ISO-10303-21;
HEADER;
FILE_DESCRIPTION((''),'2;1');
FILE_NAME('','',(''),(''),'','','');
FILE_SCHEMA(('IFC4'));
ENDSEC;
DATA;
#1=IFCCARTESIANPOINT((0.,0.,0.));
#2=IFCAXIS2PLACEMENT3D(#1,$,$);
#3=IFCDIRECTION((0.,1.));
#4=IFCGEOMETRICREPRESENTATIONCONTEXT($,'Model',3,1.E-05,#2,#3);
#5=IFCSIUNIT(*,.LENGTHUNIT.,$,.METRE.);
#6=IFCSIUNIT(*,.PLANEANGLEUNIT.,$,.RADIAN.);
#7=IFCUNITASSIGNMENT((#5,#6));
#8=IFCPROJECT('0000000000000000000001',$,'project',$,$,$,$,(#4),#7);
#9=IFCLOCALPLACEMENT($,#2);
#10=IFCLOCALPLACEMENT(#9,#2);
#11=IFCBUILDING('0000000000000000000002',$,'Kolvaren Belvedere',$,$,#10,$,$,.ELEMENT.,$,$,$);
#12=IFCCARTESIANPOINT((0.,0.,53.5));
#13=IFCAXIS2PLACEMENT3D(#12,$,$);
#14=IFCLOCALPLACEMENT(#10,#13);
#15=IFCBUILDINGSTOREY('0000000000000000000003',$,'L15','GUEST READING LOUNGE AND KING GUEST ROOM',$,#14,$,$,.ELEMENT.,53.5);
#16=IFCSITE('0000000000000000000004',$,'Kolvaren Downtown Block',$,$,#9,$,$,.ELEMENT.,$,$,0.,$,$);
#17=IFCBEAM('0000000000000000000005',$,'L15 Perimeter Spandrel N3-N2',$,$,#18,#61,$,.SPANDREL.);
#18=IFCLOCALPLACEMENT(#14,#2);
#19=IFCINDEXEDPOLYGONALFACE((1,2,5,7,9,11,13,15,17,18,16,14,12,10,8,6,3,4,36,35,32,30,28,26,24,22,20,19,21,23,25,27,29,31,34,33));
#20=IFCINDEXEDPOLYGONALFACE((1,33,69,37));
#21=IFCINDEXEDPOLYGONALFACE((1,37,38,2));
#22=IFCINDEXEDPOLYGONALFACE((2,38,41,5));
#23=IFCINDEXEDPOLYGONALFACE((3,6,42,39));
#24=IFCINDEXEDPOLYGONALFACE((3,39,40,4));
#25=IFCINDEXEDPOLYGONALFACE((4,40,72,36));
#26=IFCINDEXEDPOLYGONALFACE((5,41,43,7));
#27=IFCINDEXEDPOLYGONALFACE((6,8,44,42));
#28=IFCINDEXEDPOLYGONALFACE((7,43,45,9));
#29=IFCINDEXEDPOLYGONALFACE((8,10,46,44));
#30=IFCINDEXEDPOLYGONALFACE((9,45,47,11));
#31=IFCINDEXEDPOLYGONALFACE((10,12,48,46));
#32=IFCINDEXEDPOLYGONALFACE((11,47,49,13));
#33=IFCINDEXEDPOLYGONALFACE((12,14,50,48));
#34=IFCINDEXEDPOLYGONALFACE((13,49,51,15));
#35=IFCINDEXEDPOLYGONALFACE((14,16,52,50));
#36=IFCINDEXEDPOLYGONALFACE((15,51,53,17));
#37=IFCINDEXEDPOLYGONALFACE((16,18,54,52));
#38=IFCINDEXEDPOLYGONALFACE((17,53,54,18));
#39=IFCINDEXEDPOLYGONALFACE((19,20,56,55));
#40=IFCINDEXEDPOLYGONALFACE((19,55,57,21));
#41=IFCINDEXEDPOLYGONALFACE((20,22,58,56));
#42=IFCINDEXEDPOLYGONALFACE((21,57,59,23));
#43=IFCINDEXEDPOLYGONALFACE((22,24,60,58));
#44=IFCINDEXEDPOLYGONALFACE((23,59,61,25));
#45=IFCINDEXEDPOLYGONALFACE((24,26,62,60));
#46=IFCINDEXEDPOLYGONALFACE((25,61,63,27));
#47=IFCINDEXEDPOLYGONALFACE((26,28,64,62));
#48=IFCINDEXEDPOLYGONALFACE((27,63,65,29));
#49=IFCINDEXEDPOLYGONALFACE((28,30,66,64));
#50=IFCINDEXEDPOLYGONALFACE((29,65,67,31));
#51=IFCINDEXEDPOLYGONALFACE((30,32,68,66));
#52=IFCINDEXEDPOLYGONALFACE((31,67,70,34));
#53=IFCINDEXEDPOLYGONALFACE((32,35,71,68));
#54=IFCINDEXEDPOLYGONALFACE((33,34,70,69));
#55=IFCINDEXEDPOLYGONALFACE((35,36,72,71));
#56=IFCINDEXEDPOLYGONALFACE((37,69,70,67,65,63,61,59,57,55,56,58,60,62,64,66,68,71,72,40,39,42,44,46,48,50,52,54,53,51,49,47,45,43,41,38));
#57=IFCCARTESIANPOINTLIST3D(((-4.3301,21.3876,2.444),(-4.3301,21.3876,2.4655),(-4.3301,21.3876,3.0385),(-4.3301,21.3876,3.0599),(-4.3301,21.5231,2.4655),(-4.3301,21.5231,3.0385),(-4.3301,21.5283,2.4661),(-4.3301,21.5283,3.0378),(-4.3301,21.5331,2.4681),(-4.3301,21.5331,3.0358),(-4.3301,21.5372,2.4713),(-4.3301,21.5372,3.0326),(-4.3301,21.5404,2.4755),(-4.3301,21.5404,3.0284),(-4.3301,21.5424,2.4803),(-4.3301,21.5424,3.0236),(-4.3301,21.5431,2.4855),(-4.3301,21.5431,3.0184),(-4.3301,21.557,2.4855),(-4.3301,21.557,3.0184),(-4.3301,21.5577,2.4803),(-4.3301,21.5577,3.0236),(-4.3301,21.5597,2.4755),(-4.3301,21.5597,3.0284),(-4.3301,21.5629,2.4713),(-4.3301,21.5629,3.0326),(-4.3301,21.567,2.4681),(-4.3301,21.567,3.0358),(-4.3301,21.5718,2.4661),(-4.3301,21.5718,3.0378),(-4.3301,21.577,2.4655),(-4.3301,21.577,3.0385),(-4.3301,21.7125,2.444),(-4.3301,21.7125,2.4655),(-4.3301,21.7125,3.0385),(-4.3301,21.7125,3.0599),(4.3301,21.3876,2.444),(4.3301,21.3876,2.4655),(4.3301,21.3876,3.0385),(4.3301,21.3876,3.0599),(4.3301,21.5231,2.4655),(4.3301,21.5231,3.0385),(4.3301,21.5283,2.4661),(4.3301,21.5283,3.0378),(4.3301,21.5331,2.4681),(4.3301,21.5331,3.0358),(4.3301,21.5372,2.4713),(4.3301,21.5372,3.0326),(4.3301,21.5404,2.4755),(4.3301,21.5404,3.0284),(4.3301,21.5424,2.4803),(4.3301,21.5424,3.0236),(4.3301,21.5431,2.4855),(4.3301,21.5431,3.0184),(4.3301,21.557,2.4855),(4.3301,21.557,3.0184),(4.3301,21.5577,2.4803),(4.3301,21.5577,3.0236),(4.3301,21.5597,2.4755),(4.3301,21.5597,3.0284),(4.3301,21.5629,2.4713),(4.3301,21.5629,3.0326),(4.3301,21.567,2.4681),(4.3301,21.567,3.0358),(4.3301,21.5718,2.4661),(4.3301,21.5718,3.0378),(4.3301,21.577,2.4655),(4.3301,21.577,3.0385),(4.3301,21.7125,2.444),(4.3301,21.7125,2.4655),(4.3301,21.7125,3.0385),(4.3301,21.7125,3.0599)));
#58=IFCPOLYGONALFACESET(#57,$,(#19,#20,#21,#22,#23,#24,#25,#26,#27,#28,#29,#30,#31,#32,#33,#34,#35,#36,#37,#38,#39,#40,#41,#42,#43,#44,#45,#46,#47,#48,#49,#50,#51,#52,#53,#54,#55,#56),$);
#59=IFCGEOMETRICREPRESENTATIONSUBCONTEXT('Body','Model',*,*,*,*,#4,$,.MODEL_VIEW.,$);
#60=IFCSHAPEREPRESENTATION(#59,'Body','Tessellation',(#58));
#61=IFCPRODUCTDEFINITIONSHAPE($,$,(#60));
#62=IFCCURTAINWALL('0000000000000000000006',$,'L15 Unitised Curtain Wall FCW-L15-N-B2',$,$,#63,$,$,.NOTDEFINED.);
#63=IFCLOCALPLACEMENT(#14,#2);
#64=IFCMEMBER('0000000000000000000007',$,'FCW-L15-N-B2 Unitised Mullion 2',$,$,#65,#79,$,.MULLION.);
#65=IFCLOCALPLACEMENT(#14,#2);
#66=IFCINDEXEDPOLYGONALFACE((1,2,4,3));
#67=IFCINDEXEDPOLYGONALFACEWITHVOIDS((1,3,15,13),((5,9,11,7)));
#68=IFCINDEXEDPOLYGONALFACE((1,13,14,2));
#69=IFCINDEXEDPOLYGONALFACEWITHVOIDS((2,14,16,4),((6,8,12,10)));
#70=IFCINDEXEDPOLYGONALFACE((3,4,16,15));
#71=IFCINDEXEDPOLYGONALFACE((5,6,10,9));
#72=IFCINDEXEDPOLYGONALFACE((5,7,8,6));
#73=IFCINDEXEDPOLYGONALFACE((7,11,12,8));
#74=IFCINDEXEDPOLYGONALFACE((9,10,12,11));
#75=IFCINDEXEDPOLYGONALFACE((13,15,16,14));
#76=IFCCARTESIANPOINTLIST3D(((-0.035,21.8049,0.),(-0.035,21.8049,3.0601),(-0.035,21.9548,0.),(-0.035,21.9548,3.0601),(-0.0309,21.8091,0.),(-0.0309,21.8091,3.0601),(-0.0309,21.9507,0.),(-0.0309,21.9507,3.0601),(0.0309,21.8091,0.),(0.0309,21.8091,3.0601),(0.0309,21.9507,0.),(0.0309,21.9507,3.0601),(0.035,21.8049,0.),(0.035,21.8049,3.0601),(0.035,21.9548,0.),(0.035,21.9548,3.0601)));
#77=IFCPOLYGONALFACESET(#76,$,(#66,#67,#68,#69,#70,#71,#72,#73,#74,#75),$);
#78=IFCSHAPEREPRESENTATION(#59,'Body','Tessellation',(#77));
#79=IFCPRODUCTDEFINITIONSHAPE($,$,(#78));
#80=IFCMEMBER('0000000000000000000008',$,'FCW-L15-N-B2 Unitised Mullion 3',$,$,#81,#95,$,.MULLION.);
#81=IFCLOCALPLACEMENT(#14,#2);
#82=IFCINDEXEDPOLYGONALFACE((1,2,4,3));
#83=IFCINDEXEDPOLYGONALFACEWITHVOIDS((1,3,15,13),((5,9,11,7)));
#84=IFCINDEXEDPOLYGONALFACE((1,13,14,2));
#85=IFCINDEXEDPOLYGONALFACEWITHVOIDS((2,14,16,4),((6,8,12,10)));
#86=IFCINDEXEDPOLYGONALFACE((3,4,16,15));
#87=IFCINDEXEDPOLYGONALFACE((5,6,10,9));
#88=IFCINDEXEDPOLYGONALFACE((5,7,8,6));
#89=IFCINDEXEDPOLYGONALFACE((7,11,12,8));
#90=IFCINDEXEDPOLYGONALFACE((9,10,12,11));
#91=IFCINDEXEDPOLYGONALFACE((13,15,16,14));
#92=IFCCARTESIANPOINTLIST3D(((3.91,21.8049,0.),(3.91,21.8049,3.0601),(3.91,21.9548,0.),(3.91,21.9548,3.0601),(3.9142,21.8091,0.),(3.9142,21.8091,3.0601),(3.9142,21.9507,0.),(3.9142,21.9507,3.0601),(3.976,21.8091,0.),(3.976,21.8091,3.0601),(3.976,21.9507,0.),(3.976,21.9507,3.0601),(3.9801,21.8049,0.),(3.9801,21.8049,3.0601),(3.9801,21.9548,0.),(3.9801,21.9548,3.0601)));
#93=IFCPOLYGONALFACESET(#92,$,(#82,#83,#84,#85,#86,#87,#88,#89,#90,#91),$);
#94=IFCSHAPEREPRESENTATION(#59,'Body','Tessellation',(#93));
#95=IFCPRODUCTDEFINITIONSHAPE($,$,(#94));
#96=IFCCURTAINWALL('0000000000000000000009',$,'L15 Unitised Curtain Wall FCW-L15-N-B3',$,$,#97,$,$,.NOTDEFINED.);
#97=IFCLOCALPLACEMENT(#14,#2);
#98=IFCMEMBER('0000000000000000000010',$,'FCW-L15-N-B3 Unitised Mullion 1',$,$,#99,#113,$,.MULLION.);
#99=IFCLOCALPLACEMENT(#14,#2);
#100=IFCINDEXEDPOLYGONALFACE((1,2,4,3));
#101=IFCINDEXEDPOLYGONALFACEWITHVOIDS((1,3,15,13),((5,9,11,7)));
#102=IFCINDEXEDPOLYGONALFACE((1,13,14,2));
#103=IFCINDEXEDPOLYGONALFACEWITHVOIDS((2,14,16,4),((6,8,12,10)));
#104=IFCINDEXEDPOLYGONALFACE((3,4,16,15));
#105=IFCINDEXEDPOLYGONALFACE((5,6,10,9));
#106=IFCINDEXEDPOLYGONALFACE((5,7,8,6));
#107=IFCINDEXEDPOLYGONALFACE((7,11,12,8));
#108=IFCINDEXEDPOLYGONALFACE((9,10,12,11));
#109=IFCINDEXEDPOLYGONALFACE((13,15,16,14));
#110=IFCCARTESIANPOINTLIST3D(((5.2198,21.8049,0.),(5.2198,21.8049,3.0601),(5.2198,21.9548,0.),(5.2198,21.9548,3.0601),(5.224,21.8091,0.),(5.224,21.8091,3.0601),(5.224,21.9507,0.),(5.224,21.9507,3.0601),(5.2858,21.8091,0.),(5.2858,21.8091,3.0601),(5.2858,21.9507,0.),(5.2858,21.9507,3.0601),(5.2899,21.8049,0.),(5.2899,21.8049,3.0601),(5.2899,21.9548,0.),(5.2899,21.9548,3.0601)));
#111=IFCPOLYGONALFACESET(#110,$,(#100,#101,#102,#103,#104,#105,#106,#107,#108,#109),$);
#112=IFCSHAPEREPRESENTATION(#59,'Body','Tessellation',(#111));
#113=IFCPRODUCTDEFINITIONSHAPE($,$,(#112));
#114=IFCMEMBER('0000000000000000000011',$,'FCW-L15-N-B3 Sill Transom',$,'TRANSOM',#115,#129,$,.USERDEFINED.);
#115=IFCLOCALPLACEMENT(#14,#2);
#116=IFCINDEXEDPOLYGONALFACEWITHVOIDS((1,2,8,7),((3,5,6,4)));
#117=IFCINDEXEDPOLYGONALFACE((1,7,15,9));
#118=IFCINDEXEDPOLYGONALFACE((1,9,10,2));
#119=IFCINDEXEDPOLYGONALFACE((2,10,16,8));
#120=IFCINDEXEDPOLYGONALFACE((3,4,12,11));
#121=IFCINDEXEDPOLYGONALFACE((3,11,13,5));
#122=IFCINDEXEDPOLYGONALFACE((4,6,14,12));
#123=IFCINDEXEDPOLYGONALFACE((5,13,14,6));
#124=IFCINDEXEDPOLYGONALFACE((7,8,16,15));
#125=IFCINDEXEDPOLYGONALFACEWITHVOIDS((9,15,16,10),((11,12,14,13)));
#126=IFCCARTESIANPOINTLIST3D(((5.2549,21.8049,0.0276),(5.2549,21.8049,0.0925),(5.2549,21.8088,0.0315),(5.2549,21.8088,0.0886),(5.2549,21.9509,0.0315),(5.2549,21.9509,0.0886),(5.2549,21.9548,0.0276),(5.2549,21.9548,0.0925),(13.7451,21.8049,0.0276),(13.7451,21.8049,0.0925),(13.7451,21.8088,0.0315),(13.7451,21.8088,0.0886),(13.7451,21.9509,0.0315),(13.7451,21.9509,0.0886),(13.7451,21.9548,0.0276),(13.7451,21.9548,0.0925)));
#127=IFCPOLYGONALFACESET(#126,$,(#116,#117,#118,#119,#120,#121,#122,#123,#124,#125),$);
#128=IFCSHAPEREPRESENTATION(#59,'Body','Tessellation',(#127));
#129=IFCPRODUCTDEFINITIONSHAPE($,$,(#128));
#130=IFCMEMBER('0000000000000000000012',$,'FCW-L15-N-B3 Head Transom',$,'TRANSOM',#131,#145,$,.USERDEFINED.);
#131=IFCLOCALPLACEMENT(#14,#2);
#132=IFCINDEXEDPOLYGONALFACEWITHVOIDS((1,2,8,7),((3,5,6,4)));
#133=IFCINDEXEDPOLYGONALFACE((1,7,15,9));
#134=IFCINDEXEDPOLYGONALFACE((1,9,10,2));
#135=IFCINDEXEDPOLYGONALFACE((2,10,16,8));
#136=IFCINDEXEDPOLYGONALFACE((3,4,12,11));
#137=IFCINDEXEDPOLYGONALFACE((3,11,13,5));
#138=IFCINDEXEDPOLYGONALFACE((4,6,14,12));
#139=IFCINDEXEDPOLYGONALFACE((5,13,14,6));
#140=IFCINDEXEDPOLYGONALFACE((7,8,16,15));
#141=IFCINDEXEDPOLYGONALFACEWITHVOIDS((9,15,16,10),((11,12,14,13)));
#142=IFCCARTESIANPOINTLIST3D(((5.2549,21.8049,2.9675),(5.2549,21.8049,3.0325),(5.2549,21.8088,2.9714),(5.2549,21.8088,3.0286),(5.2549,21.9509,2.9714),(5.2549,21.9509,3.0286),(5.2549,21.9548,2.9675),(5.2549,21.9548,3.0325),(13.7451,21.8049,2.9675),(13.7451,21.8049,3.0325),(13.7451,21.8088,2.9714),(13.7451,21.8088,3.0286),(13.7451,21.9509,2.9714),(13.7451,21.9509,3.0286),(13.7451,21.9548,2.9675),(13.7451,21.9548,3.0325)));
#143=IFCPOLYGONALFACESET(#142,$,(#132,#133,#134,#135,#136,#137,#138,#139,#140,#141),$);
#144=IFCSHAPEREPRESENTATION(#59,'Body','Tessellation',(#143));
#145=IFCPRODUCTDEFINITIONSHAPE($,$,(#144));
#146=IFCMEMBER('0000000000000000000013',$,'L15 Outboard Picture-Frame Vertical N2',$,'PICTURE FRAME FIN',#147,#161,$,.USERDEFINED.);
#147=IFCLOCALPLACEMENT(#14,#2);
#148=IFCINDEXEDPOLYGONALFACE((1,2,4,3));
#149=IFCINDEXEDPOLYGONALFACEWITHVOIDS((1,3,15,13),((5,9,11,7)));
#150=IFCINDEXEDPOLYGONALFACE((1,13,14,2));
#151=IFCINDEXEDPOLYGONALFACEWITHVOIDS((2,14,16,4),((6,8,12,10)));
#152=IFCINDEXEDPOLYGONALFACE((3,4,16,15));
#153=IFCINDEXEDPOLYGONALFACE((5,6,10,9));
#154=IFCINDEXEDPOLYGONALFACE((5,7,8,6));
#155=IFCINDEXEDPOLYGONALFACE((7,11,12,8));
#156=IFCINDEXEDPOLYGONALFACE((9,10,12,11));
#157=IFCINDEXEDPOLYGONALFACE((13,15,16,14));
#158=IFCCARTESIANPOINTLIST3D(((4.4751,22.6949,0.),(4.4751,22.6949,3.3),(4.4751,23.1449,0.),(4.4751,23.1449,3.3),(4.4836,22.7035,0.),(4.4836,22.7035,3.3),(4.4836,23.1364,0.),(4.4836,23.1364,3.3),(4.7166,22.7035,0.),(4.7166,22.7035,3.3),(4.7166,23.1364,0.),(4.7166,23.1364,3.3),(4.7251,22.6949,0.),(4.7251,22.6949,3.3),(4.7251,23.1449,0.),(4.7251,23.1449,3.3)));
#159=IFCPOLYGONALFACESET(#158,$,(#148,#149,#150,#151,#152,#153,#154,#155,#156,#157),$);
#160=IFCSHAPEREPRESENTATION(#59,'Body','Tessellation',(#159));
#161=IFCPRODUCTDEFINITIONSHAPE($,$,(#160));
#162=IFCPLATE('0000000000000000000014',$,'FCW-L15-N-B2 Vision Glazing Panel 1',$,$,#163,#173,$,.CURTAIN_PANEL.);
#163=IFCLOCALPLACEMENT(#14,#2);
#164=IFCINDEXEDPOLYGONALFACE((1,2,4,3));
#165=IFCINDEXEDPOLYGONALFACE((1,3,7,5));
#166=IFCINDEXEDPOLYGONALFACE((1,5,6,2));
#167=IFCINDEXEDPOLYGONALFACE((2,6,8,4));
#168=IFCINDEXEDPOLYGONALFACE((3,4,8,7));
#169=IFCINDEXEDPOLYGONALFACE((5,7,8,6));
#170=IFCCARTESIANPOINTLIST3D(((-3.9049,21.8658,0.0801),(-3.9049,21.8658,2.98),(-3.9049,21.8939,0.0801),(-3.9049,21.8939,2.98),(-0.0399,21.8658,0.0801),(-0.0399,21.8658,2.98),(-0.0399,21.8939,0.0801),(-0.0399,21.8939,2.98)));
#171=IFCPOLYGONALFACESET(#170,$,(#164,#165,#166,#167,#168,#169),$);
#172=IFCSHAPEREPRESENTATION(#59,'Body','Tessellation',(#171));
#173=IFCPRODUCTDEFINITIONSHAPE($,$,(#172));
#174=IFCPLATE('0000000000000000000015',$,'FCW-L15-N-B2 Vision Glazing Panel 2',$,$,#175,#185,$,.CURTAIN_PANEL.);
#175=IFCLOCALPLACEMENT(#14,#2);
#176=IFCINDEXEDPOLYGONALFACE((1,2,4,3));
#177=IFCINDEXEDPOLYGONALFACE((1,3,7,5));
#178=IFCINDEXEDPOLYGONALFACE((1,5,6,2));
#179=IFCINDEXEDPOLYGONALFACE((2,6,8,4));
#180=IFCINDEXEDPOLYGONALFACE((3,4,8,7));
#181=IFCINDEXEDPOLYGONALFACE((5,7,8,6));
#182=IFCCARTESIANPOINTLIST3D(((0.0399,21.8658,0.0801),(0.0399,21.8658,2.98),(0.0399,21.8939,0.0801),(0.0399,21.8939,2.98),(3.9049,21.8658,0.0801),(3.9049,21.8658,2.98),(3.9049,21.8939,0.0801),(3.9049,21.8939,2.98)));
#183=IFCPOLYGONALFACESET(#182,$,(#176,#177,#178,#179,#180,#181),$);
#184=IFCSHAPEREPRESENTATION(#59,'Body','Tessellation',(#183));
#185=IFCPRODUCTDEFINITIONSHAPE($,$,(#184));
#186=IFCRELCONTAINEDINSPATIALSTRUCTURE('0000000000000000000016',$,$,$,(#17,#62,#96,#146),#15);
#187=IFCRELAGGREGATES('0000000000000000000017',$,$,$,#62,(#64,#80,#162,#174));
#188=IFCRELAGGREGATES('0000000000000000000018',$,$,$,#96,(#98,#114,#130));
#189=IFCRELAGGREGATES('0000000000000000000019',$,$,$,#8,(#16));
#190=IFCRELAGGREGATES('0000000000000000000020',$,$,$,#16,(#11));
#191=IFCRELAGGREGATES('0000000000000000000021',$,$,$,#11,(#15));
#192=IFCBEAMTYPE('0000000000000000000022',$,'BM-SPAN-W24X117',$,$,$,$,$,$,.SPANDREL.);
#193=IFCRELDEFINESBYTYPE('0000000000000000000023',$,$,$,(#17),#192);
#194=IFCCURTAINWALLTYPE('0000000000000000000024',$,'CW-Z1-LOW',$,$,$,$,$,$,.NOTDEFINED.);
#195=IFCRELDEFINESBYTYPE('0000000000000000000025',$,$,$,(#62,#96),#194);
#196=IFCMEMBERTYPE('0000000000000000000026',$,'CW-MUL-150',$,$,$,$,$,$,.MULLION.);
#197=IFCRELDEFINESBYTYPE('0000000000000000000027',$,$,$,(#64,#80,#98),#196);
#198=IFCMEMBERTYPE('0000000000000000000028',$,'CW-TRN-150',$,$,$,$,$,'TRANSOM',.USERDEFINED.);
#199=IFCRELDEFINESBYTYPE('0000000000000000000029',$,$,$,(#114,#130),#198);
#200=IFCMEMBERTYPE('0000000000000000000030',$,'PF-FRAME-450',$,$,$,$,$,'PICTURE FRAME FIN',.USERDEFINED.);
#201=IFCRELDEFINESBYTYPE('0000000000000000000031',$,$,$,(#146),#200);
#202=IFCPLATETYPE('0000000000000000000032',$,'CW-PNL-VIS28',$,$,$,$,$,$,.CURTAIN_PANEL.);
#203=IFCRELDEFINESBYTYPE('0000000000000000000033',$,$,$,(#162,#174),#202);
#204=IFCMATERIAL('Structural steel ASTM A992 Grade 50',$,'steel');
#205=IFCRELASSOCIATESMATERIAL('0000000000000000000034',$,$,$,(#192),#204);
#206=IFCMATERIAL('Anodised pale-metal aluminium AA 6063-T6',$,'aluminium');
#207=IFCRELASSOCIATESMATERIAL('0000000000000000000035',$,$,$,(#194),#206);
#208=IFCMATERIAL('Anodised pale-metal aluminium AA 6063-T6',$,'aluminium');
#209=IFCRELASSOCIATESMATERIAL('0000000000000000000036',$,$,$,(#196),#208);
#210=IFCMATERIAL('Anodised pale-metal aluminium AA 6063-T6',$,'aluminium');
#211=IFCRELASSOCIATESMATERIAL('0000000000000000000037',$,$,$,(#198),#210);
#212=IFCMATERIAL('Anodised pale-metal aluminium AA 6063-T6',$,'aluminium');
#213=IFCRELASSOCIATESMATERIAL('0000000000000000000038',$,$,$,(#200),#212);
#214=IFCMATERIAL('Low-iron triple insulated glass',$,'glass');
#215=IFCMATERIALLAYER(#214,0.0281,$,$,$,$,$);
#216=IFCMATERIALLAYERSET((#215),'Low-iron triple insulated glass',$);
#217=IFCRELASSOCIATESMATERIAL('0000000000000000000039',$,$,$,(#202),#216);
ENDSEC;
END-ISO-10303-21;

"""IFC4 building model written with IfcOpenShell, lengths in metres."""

from ifc_helpers import new_model, si_unit, direction, frame, origin, origin_2d, place, context, subcontext, project, spatial, rectangle, hollow_rectangle, i_section, extrude, material, layer, layer_set, material_profile, profile_set, type_object, element, aggregate, save


model = new_model("IFC4")

# Units and contexts
model_context = context("Model", 3, precision=1e-05, world=origin(), true_north=direction((0.0, 1.0)))
body_context = subcontext(model_context, "Body", "Model", "MODEL_VIEW")
ifc_project = project(units=[si_unit("LENGTHUNIT", "METRE"), si_unit("PLANEANGLEUNIT", "RADIAN")], contexts=[model_context])

# Site, building, storey
site_placement = place(None, origin())
site = spatial("IfcSite", under=ifc_project, at=site_placement, Name="Kolvaren Downtown Block", CompositionType="ELEMENT", RefElevation=0.0)
building_placement = place(site_placement, origin())
building = spatial("IfcBuilding", under=site, at=building_placement, Name="Kolvaren Belvedere", CompositionType="ELEMENT")
storey_placement = place(building_placement, frame((0.0, 0.0, 53.5)))
storey = spatial("IfcBuildingStorey", under=building, at=storey_placement, Name="L15", Description="GUEST READING LOUNGE AND KING GUEST ROOM", CompositionType="ELEMENT", Elevation=53.5)

# Beam
ifc_material_1 = material(Name="Structural steel ASTM A992 Grade 50", Category="steel")
ifc_material_profile_1 = material_profile(ifc_material_1, i_section(OverallWidth=0.325, OverallDepth=0.616, WebThickness=0.0139, FlangeThickness=0.0215, FilletRadius=0.02, at=origin_2d()), Name="W24X117")
ifc_profile_set_1 = profile_set([ifc_material_profile_1], Name="Structural steel ASTM A992 Grade 50")
beam_type_1 = type_object("IfcBeamType", Name="BM-SPAN-W24X117", PredefinedType="SPANDREL", material=ifc_profile_set_1)
beam_1_placement = place(storey_placement, frame((4.3301, 21.55, 2.752), z_axis=(-1.0, 0.0, 0.0), x_axis=(0.0, -1.0, 0.0)))
element("IfcBeam", 1, at=beam_1_placement, inside=storey, type_object=beam_type_1, Name="L15 Perimeter Spandrel N3-N2", PredefinedType="SPANDREL", context=body_context, shape_type="SweptSolid", body=[
    extrude(i_section(OverallWidth=0.325, OverallDepth=0.616, WebThickness=0.0139, FlangeThickness=0.0215, FilletRadius=0.02, at=origin_2d()), origin(), (0.0, 0.0, 1.0), 8.6602),
])

# Curtain walls, members
ifc_material_2 = material(Name="Anodised pale-metal aluminium AA 6063-T6", Category="aluminium")
curtain_wall_type = type_object("IfcCurtainWallType", Name="CW-Z1-LOW", PredefinedType="NOTDEFINED", material=ifc_material_2)
curtain_wall_1_placement = place(storey_placement, origin())
curtain_wall_1 = element("IfcCurtainWall", 2, at=curtain_wall_1_placement, inside=storey, type_object=curtain_wall_type, Name="L15 Unitised Curtain Wall FCW-L15-N-B2", PredefinedType="NOTDEFINED")
ifc_material_3 = material(Name="Anodised pale-metal aluminium AA 6063-T6", Category="aluminium")
ifc_material_profile_2 = material_profile(ifc_material_3, hollow_rectangle(XDim=0.0701, YDim=0.1499, WallThickness=0.0042, at=origin_2d()), Name="ALU-MUL-150X70")
ifc_profile_set_2 = profile_set([ifc_material_profile_2], Name="Anodised pale-metal aluminium AA 6063-T6")
member_type_1 = type_object("IfcMemberType", Name="CW-MUL-150", PredefinedType="MULLION", material=ifc_profile_set_2)
member_1_placement = place(storey_placement, frame((0.0, 21.8799, 0.0), z_axis=(0.0, 0.0, 1.0), x_axis=(1.0, 0.0, 0.0)))
member_1 = element("IfcMember", 3, at=member_1_placement, type_object=member_type_1, Name="FCW-L15-N-B2 Unitised Mullion 2", PredefinedType="MULLION", context=body_context, shape_type="SweptSolid", body=[
    extrude(hollow_rectangle(XDim=0.0701, YDim=0.1499, WallThickness=0.0042, at=origin_2d()), origin(), (0.0, 0.0, 1.0), 3.0601),
])
member_2_placement = place(storey_placement, frame((3.9451, 21.8799, 0.0), z_axis=(0.0, 0.0, 1.0), x_axis=(1.0, 0.0, 0.0)))
member_2 = element("IfcMember", 4, at=member_2_placement, type_object=member_type_1, Name="FCW-L15-N-B2 Unitised Mullion 3", PredefinedType="MULLION", context=body_context, shape_type="SweptSolid", body=[
    extrude(hollow_rectangle(XDim=0.0701, YDim=0.1499, WallThickness=0.0042, at=origin_2d()), origin(), (0.0, 0.0, 1.0), 3.0601),
])
curtain_wall_2_placement = place(storey_placement, origin())
curtain_wall_2 = element("IfcCurtainWall", 5, at=curtain_wall_2_placement, inside=storey, type_object=curtain_wall_type, Name="L15 Unitised Curtain Wall FCW-L15-N-B3", PredefinedType="NOTDEFINED")
member_3_placement = place(storey_placement, frame((5.2549, 21.8799, 0.0), z_axis=(0.0, 0.0, 1.0), x_axis=(1.0, 0.0, 0.0)))
member_3 = element("IfcMember", 6, at=member_3_placement, type_object=member_type_1, Name="FCW-L15-N-B3 Unitised Mullion 1", PredefinedType="MULLION", context=body_context, shape_type="SweptSolid", body=[
    extrude(hollow_rectangle(XDim=0.0701, YDim=0.1499, WallThickness=0.0042, at=origin_2d()), origin(), (0.0, 0.0, 1.0), 3.0601),
])
ifc_material_4 = material(Name="Anodised pale-metal aluminium AA 6063-T6", Category="aluminium")
ifc_material_profile_3 = material_profile(ifc_material_4, hollow_rectangle(XDim=0.0649, YDim=0.1499, WallThickness=0.0039, at=origin_2d()), Name="ALU-TRN-150X65")
ifc_profile_set_3 = profile_set([ifc_material_profile_3], Name="Anodised pale-metal aluminium AA 6063-T6")
member_type_2 = type_object("IfcMemberType", Name="CW-TRN-150", ElementType="TRANSOM", PredefinedType="USERDEFINED", material=ifc_profile_set_3)
member_4_placement = place(storey_placement, frame((5.2549, 21.8799, 0.0601), z_axis=(1.0, 0.0, 0.0), x_axis=(0.0, 0.0, 1.0)))
member_4 = element("IfcMember", 7, at=member_4_placement, type_object=member_type_2, Name="FCW-L15-N-B3 Sill Transom", ObjectType="TRANSOM", PredefinedType="USERDEFINED", context=body_context, shape_type="SweptSolid", body=[
    extrude(hollow_rectangle(XDim=0.0649, YDim=0.1499, WallThickness=0.0039, at=origin_2d()), origin(), (0.0, 0.0, 1.0), 8.4902),
])
member_5_placement = place(storey_placement, frame((5.2549, 21.8799, 3.0), z_axis=(1.0, 0.0, 0.0), x_axis=(0.0, 0.0, 1.0)))
member_5 = element("IfcMember", 8, at=member_5_placement, type_object=member_type_2, Name="FCW-L15-N-B3 Head Transom", ObjectType="TRANSOM", PredefinedType="USERDEFINED", context=body_context, shape_type="SweptSolid", body=[
    extrude(hollow_rectangle(XDim=0.0649, YDim=0.1499, WallThickness=0.0039, at=origin_2d()), origin(), (0.0, 0.0, 1.0), 8.4902),
])

# Member
ifc_material_5 = material(Name="Anodised pale-metal aluminium AA 6063-T6", Category="aluminium")
ifc_material_profile_4 = material_profile(ifc_material_5, hollow_rectangle(XDim=0.25, YDim=0.45, WallThickness=0.0085, at=origin_2d()), Name="ALU-PF-450X250")
ifc_profile_set_4 = profile_set([ifc_material_profile_4], Name="Anodised pale-metal aluminium AA 6063-T6")
member_type_3 = type_object("IfcMemberType", Name="PF-FRAME-450", ElementType="PICTURE FRAME FIN", PredefinedType="USERDEFINED", material=ifc_profile_set_4)
member_6_placement = place(storey_placement, frame((4.6001, 22.9199, 0.0), z_axis=(0.0, 0.0, 1.0), x_axis=(1.0, 0.0, 0.0)))
element("IfcMember", 9, at=member_6_placement, inside=storey, type_object=member_type_3, Name="L15 Outboard Picture-Frame Vertical N2", ObjectType="PICTURE FRAME FIN", PredefinedType="USERDEFINED", context=body_context, shape_type="SweptSolid", body=[
    extrude(hollow_rectangle(XDim=0.25, YDim=0.45, WallThickness=0.0085, at=origin_2d()), origin(), (0.0, 0.0, 1.0), 3.3),
])

# Plates
ifc_material_6 = material(Name="Low-iron triple insulated glass", Category="glass")
ifc_layer_1 = layer(ifc_material_6, 0.0281)
ifc_layer_set_1 = layer_set([ifc_layer_1], Name="Low-iron triple insulated glass")
plate_type_1 = type_object("IfcPlateType", Name="CW-PNL-VIS28", PredefinedType="CURTAIN_PANEL", material=ifc_layer_set_1)
plate_1_placement = place(storey_placement, frame((-1.9724, 21.8799, 0.0801), z_axis=(0.0, 0.0, 1.0), x_axis=(1.0, 0.0, 0.0)))
plate_1 = element("IfcPlate", 10, at=plate_1_placement, type_object=plate_type_1, Name="FCW-L15-N-B2 Vision Glazing Panel 1", PredefinedType="CURTAIN_PANEL", context=body_context, shape_type="SweptSolid", body=[
    extrude(rectangle(XDim=3.865, YDim=0.0281, at=origin_2d()), origin(), (0.0, 0.0, 1.0), 2.8999),
])
plate_2_placement = place(storey_placement, frame((1.9724, 21.8799, 0.0801), z_axis=(0.0, 0.0, 1.0), x_axis=(1.0, 0.0, 0.0)))
plate_2 = element("IfcPlate", 11, at=plate_2_placement, type_object=plate_type_1, Name="FCW-L15-N-B2 Vision Glazing Panel 2", PredefinedType="CURTAIN_PANEL", context=body_context, shape_type="SweptSolid", body=[
    extrude(rectangle(XDim=3.865, YDim=0.0281, at=origin_2d()), origin(), (0.0, 0.0, 1.0), 2.8999),
])
aggregate(curtain_wall_1, [member_1, member_2, plate_1, plate_2])
aggregate(curtain_wall_2, [member_3, member_4, member_5])

save(model, "model.ifc")
